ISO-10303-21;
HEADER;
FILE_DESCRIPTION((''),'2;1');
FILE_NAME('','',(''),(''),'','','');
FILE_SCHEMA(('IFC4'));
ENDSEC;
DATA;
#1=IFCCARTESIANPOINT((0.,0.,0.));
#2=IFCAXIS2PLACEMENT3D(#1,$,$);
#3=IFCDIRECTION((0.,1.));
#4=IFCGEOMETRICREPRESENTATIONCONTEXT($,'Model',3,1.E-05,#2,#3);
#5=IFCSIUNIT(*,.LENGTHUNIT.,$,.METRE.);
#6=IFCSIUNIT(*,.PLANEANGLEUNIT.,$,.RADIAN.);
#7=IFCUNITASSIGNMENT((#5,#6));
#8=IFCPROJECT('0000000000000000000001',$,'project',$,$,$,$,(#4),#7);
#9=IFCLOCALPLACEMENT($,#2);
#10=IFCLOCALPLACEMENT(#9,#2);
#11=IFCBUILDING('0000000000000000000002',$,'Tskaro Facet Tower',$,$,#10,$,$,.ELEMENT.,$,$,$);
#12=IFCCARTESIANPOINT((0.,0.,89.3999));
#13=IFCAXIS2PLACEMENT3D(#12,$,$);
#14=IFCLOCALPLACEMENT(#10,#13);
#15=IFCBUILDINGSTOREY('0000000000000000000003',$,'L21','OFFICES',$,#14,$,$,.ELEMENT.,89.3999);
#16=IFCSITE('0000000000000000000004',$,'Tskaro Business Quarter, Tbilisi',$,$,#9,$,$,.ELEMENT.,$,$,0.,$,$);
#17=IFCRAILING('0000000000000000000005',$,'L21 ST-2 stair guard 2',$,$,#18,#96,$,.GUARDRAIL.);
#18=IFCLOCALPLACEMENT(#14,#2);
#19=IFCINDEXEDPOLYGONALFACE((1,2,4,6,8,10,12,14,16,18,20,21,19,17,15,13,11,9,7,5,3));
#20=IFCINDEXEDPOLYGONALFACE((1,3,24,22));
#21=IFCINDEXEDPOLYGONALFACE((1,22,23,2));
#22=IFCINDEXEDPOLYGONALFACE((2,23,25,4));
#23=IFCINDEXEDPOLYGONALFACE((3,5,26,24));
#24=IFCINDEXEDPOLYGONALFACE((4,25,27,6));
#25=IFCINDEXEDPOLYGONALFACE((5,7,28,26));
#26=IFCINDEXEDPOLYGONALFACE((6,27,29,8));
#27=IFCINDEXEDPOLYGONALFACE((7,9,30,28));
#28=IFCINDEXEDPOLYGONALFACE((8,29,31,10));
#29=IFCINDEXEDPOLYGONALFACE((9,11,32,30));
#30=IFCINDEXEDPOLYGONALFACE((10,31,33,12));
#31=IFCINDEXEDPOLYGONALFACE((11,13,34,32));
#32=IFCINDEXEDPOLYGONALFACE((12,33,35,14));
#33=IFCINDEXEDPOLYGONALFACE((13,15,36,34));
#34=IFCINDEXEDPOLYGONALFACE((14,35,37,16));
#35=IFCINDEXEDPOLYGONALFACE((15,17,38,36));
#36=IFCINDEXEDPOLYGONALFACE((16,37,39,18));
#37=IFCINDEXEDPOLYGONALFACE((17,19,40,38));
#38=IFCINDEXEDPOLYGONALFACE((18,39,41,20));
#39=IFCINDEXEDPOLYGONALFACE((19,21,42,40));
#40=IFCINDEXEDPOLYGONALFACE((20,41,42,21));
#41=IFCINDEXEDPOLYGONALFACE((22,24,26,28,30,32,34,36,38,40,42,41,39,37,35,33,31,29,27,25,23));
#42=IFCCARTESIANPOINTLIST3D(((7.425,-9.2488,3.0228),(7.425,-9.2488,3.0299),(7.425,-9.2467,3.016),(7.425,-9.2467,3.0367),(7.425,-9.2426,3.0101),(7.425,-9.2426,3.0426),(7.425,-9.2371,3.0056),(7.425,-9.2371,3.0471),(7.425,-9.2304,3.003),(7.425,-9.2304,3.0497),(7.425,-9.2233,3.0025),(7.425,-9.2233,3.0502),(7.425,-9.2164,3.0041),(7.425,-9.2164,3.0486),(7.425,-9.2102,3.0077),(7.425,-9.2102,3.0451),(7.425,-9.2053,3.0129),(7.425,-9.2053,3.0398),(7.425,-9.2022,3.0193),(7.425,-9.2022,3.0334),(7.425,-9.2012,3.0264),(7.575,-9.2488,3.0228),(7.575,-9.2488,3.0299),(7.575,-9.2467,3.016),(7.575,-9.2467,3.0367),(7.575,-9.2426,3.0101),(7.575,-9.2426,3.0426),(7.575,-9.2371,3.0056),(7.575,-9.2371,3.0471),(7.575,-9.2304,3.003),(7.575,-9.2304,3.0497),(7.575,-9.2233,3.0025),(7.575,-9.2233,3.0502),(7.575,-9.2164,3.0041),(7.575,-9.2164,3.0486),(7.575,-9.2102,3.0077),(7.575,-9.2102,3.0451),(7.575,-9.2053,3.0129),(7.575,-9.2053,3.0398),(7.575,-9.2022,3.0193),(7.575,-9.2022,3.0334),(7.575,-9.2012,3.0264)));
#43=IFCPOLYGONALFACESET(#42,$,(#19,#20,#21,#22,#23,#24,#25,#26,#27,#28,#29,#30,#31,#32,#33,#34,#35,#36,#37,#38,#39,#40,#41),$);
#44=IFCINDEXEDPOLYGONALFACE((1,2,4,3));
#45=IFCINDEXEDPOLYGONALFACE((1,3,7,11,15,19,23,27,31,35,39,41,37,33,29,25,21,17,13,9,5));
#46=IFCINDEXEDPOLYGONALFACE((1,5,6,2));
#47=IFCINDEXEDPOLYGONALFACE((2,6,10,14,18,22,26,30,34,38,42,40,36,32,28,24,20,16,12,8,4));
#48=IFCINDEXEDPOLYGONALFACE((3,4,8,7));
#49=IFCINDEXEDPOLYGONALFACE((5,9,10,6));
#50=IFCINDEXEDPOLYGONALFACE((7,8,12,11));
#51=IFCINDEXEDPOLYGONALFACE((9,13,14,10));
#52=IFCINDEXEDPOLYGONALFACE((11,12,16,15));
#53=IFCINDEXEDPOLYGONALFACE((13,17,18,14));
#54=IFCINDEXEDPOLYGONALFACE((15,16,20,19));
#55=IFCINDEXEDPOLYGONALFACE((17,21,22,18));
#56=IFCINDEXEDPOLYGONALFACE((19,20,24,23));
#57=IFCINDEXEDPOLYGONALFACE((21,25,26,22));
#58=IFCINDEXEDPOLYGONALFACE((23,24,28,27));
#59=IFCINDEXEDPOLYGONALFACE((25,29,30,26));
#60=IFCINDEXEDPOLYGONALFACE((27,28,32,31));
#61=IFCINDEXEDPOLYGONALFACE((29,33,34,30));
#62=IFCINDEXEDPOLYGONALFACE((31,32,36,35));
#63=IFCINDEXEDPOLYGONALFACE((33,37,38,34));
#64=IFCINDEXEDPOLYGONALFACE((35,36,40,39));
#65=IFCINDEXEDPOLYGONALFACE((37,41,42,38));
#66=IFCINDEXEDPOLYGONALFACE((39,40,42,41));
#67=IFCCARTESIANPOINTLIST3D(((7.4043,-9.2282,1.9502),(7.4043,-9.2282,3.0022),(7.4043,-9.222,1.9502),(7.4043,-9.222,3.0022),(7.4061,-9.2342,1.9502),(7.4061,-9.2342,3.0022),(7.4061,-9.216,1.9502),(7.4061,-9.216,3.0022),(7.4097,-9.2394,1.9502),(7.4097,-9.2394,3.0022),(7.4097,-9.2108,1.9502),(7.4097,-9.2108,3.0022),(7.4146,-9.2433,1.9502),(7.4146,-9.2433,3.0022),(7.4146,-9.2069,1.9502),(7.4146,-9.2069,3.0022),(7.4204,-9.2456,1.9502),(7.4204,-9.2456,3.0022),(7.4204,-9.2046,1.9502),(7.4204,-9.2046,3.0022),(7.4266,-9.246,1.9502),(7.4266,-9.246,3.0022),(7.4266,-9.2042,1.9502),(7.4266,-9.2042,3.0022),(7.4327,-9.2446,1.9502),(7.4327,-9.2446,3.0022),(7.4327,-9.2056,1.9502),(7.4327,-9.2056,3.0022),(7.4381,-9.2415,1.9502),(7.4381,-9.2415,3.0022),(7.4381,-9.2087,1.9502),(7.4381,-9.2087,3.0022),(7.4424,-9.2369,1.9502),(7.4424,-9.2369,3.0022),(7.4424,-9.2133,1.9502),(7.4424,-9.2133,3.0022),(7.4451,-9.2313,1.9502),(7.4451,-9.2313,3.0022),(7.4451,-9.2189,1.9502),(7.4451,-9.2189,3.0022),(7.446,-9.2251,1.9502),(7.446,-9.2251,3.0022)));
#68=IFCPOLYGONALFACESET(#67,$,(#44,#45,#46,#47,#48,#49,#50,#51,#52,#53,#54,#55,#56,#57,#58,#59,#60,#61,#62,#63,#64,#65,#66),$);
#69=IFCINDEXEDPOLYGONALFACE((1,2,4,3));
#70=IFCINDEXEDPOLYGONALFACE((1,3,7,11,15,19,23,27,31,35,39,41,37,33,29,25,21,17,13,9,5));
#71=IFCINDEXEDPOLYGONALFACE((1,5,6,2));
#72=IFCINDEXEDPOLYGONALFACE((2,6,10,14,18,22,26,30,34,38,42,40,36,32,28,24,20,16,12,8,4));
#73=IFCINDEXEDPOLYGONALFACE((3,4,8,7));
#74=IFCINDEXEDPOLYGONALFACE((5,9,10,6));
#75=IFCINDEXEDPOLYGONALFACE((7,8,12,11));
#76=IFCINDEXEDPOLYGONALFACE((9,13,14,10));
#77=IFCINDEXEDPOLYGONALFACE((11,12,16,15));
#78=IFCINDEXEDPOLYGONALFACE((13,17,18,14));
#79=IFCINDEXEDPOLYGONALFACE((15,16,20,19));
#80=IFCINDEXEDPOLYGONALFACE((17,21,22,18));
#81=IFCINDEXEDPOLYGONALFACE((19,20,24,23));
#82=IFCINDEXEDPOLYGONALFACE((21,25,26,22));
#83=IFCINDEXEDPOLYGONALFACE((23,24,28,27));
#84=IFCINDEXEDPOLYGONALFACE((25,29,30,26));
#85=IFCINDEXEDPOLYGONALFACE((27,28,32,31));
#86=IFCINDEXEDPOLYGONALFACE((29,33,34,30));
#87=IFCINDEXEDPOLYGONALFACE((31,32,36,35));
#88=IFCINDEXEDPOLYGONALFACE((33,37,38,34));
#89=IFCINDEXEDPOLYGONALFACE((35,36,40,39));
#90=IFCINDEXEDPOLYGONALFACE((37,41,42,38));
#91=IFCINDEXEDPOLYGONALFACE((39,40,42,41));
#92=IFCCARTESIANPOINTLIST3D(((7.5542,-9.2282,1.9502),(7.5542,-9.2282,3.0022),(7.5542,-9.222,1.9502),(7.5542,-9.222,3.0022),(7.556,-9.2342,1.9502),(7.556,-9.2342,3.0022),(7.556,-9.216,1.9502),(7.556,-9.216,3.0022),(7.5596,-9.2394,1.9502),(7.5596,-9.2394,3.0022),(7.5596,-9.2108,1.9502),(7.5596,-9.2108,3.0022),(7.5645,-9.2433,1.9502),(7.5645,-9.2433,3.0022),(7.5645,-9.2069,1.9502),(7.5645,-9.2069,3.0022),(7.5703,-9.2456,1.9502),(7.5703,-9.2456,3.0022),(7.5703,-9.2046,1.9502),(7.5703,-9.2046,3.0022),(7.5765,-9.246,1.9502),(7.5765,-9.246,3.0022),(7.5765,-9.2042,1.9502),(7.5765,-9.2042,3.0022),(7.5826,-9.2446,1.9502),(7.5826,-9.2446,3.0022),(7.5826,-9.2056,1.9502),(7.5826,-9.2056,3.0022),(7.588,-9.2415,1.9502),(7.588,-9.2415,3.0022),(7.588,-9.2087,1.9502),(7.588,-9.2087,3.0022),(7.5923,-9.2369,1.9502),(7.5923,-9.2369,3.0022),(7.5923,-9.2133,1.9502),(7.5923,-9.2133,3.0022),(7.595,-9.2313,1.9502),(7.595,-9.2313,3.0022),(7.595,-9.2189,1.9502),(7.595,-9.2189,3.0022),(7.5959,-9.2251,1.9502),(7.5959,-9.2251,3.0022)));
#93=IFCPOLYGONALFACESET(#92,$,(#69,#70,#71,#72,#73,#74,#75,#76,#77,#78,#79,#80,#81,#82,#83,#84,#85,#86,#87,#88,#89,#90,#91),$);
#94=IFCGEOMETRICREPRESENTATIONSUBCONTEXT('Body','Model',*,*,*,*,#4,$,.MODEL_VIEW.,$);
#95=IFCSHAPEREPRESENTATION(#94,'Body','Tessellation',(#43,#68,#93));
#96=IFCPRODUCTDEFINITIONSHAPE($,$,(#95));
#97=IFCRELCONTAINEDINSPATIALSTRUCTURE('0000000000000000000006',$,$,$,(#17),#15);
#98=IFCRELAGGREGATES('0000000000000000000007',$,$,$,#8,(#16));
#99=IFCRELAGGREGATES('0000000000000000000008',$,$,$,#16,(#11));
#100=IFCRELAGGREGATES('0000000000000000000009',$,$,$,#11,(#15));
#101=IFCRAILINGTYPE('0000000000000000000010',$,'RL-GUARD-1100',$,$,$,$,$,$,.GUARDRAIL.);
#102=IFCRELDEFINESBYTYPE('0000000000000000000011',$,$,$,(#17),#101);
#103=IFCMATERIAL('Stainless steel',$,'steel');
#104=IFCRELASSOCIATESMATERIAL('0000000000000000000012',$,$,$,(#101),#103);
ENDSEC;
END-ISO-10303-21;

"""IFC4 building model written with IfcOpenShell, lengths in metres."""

from ifc_helpers import new_model, si_unit, direction, frame, origin, origin_2d, place, context, subcontext, project, spatial, circle, extrude, material, type_object, element, save


model = new_model("IFC4")

# Units and contexts
model_context = context("Model", 3, precision=1e-05, world=origin(), true_north=direction((0.0, 1.0)))
body_context = subcontext(model_context, "Body", "Model", "MODEL_VIEW")
ifc_project = project(units=[si_unit("LENGTHUNIT", "METRE"), si_unit("PLANEANGLEUNIT", "RADIAN")], contexts=[model_context])

# Site, building, storey
site_placement = place(None, origin())
site = spatial("IfcSite", under=ifc_project, at=site_placement, Name="Tskaro Business Quarter, Tbilisi", CompositionType="ELEMENT", RefElevation=0.0)
building_placement = place(site_placement, origin())
building = spatial("IfcBuilding", under=site, at=building_placement, Name="Tskaro Facet Tower", CompositionType="ELEMENT")
storey_placement = place(building_placement, frame((0.0, 0.0, 89.3999)))
storey = spatial("IfcBuildingStorey", under=building, at=storey_placement, Name="L21", Description="OFFICES", CompositionType="ELEMENT", Elevation=89.3999)

# Railing
ifc_material_1 = material(Name="Stainless steel", Category="steel")
railing_type_1 = type_object("IfcRailingType", Name="RL-GUARD-1100", PredefinedType="GUARDRAIL", material=ifc_material_1)
railing_1_placement = place(storey_placement, frame((7.425, -9.2251, 1.9502)))
element("IfcRailing", 1, at=railing_1_placement, inside=storey, type_object=railing_type_1, Name="L21 ST-2 stair guard 2", PredefinedType="GUARDRAIL", context=body_context, shape_type="SweptSolid", body=[
    extrude(circle(Radius=0.0239, at=origin_2d()), frame((0.0, 0.0, 1.0762), z_axis=(1.0, 0.0, 0.0), x_axis=(0.0, 1.0, 0.0)), (0.0, 0.0, 1.0), 0.1499),
    extrude(circle(Radius=0.021, at=origin_2d()), origin(), (0.0, 0.0, 1.0), 1.052),
    extrude(circle(Radius=0.021, at=origin_2d()), frame((0.1499, 0.0, 0.0)), (0.0, 0.0, 1.0), 1.052),
])

save(model, "model.ifc")
